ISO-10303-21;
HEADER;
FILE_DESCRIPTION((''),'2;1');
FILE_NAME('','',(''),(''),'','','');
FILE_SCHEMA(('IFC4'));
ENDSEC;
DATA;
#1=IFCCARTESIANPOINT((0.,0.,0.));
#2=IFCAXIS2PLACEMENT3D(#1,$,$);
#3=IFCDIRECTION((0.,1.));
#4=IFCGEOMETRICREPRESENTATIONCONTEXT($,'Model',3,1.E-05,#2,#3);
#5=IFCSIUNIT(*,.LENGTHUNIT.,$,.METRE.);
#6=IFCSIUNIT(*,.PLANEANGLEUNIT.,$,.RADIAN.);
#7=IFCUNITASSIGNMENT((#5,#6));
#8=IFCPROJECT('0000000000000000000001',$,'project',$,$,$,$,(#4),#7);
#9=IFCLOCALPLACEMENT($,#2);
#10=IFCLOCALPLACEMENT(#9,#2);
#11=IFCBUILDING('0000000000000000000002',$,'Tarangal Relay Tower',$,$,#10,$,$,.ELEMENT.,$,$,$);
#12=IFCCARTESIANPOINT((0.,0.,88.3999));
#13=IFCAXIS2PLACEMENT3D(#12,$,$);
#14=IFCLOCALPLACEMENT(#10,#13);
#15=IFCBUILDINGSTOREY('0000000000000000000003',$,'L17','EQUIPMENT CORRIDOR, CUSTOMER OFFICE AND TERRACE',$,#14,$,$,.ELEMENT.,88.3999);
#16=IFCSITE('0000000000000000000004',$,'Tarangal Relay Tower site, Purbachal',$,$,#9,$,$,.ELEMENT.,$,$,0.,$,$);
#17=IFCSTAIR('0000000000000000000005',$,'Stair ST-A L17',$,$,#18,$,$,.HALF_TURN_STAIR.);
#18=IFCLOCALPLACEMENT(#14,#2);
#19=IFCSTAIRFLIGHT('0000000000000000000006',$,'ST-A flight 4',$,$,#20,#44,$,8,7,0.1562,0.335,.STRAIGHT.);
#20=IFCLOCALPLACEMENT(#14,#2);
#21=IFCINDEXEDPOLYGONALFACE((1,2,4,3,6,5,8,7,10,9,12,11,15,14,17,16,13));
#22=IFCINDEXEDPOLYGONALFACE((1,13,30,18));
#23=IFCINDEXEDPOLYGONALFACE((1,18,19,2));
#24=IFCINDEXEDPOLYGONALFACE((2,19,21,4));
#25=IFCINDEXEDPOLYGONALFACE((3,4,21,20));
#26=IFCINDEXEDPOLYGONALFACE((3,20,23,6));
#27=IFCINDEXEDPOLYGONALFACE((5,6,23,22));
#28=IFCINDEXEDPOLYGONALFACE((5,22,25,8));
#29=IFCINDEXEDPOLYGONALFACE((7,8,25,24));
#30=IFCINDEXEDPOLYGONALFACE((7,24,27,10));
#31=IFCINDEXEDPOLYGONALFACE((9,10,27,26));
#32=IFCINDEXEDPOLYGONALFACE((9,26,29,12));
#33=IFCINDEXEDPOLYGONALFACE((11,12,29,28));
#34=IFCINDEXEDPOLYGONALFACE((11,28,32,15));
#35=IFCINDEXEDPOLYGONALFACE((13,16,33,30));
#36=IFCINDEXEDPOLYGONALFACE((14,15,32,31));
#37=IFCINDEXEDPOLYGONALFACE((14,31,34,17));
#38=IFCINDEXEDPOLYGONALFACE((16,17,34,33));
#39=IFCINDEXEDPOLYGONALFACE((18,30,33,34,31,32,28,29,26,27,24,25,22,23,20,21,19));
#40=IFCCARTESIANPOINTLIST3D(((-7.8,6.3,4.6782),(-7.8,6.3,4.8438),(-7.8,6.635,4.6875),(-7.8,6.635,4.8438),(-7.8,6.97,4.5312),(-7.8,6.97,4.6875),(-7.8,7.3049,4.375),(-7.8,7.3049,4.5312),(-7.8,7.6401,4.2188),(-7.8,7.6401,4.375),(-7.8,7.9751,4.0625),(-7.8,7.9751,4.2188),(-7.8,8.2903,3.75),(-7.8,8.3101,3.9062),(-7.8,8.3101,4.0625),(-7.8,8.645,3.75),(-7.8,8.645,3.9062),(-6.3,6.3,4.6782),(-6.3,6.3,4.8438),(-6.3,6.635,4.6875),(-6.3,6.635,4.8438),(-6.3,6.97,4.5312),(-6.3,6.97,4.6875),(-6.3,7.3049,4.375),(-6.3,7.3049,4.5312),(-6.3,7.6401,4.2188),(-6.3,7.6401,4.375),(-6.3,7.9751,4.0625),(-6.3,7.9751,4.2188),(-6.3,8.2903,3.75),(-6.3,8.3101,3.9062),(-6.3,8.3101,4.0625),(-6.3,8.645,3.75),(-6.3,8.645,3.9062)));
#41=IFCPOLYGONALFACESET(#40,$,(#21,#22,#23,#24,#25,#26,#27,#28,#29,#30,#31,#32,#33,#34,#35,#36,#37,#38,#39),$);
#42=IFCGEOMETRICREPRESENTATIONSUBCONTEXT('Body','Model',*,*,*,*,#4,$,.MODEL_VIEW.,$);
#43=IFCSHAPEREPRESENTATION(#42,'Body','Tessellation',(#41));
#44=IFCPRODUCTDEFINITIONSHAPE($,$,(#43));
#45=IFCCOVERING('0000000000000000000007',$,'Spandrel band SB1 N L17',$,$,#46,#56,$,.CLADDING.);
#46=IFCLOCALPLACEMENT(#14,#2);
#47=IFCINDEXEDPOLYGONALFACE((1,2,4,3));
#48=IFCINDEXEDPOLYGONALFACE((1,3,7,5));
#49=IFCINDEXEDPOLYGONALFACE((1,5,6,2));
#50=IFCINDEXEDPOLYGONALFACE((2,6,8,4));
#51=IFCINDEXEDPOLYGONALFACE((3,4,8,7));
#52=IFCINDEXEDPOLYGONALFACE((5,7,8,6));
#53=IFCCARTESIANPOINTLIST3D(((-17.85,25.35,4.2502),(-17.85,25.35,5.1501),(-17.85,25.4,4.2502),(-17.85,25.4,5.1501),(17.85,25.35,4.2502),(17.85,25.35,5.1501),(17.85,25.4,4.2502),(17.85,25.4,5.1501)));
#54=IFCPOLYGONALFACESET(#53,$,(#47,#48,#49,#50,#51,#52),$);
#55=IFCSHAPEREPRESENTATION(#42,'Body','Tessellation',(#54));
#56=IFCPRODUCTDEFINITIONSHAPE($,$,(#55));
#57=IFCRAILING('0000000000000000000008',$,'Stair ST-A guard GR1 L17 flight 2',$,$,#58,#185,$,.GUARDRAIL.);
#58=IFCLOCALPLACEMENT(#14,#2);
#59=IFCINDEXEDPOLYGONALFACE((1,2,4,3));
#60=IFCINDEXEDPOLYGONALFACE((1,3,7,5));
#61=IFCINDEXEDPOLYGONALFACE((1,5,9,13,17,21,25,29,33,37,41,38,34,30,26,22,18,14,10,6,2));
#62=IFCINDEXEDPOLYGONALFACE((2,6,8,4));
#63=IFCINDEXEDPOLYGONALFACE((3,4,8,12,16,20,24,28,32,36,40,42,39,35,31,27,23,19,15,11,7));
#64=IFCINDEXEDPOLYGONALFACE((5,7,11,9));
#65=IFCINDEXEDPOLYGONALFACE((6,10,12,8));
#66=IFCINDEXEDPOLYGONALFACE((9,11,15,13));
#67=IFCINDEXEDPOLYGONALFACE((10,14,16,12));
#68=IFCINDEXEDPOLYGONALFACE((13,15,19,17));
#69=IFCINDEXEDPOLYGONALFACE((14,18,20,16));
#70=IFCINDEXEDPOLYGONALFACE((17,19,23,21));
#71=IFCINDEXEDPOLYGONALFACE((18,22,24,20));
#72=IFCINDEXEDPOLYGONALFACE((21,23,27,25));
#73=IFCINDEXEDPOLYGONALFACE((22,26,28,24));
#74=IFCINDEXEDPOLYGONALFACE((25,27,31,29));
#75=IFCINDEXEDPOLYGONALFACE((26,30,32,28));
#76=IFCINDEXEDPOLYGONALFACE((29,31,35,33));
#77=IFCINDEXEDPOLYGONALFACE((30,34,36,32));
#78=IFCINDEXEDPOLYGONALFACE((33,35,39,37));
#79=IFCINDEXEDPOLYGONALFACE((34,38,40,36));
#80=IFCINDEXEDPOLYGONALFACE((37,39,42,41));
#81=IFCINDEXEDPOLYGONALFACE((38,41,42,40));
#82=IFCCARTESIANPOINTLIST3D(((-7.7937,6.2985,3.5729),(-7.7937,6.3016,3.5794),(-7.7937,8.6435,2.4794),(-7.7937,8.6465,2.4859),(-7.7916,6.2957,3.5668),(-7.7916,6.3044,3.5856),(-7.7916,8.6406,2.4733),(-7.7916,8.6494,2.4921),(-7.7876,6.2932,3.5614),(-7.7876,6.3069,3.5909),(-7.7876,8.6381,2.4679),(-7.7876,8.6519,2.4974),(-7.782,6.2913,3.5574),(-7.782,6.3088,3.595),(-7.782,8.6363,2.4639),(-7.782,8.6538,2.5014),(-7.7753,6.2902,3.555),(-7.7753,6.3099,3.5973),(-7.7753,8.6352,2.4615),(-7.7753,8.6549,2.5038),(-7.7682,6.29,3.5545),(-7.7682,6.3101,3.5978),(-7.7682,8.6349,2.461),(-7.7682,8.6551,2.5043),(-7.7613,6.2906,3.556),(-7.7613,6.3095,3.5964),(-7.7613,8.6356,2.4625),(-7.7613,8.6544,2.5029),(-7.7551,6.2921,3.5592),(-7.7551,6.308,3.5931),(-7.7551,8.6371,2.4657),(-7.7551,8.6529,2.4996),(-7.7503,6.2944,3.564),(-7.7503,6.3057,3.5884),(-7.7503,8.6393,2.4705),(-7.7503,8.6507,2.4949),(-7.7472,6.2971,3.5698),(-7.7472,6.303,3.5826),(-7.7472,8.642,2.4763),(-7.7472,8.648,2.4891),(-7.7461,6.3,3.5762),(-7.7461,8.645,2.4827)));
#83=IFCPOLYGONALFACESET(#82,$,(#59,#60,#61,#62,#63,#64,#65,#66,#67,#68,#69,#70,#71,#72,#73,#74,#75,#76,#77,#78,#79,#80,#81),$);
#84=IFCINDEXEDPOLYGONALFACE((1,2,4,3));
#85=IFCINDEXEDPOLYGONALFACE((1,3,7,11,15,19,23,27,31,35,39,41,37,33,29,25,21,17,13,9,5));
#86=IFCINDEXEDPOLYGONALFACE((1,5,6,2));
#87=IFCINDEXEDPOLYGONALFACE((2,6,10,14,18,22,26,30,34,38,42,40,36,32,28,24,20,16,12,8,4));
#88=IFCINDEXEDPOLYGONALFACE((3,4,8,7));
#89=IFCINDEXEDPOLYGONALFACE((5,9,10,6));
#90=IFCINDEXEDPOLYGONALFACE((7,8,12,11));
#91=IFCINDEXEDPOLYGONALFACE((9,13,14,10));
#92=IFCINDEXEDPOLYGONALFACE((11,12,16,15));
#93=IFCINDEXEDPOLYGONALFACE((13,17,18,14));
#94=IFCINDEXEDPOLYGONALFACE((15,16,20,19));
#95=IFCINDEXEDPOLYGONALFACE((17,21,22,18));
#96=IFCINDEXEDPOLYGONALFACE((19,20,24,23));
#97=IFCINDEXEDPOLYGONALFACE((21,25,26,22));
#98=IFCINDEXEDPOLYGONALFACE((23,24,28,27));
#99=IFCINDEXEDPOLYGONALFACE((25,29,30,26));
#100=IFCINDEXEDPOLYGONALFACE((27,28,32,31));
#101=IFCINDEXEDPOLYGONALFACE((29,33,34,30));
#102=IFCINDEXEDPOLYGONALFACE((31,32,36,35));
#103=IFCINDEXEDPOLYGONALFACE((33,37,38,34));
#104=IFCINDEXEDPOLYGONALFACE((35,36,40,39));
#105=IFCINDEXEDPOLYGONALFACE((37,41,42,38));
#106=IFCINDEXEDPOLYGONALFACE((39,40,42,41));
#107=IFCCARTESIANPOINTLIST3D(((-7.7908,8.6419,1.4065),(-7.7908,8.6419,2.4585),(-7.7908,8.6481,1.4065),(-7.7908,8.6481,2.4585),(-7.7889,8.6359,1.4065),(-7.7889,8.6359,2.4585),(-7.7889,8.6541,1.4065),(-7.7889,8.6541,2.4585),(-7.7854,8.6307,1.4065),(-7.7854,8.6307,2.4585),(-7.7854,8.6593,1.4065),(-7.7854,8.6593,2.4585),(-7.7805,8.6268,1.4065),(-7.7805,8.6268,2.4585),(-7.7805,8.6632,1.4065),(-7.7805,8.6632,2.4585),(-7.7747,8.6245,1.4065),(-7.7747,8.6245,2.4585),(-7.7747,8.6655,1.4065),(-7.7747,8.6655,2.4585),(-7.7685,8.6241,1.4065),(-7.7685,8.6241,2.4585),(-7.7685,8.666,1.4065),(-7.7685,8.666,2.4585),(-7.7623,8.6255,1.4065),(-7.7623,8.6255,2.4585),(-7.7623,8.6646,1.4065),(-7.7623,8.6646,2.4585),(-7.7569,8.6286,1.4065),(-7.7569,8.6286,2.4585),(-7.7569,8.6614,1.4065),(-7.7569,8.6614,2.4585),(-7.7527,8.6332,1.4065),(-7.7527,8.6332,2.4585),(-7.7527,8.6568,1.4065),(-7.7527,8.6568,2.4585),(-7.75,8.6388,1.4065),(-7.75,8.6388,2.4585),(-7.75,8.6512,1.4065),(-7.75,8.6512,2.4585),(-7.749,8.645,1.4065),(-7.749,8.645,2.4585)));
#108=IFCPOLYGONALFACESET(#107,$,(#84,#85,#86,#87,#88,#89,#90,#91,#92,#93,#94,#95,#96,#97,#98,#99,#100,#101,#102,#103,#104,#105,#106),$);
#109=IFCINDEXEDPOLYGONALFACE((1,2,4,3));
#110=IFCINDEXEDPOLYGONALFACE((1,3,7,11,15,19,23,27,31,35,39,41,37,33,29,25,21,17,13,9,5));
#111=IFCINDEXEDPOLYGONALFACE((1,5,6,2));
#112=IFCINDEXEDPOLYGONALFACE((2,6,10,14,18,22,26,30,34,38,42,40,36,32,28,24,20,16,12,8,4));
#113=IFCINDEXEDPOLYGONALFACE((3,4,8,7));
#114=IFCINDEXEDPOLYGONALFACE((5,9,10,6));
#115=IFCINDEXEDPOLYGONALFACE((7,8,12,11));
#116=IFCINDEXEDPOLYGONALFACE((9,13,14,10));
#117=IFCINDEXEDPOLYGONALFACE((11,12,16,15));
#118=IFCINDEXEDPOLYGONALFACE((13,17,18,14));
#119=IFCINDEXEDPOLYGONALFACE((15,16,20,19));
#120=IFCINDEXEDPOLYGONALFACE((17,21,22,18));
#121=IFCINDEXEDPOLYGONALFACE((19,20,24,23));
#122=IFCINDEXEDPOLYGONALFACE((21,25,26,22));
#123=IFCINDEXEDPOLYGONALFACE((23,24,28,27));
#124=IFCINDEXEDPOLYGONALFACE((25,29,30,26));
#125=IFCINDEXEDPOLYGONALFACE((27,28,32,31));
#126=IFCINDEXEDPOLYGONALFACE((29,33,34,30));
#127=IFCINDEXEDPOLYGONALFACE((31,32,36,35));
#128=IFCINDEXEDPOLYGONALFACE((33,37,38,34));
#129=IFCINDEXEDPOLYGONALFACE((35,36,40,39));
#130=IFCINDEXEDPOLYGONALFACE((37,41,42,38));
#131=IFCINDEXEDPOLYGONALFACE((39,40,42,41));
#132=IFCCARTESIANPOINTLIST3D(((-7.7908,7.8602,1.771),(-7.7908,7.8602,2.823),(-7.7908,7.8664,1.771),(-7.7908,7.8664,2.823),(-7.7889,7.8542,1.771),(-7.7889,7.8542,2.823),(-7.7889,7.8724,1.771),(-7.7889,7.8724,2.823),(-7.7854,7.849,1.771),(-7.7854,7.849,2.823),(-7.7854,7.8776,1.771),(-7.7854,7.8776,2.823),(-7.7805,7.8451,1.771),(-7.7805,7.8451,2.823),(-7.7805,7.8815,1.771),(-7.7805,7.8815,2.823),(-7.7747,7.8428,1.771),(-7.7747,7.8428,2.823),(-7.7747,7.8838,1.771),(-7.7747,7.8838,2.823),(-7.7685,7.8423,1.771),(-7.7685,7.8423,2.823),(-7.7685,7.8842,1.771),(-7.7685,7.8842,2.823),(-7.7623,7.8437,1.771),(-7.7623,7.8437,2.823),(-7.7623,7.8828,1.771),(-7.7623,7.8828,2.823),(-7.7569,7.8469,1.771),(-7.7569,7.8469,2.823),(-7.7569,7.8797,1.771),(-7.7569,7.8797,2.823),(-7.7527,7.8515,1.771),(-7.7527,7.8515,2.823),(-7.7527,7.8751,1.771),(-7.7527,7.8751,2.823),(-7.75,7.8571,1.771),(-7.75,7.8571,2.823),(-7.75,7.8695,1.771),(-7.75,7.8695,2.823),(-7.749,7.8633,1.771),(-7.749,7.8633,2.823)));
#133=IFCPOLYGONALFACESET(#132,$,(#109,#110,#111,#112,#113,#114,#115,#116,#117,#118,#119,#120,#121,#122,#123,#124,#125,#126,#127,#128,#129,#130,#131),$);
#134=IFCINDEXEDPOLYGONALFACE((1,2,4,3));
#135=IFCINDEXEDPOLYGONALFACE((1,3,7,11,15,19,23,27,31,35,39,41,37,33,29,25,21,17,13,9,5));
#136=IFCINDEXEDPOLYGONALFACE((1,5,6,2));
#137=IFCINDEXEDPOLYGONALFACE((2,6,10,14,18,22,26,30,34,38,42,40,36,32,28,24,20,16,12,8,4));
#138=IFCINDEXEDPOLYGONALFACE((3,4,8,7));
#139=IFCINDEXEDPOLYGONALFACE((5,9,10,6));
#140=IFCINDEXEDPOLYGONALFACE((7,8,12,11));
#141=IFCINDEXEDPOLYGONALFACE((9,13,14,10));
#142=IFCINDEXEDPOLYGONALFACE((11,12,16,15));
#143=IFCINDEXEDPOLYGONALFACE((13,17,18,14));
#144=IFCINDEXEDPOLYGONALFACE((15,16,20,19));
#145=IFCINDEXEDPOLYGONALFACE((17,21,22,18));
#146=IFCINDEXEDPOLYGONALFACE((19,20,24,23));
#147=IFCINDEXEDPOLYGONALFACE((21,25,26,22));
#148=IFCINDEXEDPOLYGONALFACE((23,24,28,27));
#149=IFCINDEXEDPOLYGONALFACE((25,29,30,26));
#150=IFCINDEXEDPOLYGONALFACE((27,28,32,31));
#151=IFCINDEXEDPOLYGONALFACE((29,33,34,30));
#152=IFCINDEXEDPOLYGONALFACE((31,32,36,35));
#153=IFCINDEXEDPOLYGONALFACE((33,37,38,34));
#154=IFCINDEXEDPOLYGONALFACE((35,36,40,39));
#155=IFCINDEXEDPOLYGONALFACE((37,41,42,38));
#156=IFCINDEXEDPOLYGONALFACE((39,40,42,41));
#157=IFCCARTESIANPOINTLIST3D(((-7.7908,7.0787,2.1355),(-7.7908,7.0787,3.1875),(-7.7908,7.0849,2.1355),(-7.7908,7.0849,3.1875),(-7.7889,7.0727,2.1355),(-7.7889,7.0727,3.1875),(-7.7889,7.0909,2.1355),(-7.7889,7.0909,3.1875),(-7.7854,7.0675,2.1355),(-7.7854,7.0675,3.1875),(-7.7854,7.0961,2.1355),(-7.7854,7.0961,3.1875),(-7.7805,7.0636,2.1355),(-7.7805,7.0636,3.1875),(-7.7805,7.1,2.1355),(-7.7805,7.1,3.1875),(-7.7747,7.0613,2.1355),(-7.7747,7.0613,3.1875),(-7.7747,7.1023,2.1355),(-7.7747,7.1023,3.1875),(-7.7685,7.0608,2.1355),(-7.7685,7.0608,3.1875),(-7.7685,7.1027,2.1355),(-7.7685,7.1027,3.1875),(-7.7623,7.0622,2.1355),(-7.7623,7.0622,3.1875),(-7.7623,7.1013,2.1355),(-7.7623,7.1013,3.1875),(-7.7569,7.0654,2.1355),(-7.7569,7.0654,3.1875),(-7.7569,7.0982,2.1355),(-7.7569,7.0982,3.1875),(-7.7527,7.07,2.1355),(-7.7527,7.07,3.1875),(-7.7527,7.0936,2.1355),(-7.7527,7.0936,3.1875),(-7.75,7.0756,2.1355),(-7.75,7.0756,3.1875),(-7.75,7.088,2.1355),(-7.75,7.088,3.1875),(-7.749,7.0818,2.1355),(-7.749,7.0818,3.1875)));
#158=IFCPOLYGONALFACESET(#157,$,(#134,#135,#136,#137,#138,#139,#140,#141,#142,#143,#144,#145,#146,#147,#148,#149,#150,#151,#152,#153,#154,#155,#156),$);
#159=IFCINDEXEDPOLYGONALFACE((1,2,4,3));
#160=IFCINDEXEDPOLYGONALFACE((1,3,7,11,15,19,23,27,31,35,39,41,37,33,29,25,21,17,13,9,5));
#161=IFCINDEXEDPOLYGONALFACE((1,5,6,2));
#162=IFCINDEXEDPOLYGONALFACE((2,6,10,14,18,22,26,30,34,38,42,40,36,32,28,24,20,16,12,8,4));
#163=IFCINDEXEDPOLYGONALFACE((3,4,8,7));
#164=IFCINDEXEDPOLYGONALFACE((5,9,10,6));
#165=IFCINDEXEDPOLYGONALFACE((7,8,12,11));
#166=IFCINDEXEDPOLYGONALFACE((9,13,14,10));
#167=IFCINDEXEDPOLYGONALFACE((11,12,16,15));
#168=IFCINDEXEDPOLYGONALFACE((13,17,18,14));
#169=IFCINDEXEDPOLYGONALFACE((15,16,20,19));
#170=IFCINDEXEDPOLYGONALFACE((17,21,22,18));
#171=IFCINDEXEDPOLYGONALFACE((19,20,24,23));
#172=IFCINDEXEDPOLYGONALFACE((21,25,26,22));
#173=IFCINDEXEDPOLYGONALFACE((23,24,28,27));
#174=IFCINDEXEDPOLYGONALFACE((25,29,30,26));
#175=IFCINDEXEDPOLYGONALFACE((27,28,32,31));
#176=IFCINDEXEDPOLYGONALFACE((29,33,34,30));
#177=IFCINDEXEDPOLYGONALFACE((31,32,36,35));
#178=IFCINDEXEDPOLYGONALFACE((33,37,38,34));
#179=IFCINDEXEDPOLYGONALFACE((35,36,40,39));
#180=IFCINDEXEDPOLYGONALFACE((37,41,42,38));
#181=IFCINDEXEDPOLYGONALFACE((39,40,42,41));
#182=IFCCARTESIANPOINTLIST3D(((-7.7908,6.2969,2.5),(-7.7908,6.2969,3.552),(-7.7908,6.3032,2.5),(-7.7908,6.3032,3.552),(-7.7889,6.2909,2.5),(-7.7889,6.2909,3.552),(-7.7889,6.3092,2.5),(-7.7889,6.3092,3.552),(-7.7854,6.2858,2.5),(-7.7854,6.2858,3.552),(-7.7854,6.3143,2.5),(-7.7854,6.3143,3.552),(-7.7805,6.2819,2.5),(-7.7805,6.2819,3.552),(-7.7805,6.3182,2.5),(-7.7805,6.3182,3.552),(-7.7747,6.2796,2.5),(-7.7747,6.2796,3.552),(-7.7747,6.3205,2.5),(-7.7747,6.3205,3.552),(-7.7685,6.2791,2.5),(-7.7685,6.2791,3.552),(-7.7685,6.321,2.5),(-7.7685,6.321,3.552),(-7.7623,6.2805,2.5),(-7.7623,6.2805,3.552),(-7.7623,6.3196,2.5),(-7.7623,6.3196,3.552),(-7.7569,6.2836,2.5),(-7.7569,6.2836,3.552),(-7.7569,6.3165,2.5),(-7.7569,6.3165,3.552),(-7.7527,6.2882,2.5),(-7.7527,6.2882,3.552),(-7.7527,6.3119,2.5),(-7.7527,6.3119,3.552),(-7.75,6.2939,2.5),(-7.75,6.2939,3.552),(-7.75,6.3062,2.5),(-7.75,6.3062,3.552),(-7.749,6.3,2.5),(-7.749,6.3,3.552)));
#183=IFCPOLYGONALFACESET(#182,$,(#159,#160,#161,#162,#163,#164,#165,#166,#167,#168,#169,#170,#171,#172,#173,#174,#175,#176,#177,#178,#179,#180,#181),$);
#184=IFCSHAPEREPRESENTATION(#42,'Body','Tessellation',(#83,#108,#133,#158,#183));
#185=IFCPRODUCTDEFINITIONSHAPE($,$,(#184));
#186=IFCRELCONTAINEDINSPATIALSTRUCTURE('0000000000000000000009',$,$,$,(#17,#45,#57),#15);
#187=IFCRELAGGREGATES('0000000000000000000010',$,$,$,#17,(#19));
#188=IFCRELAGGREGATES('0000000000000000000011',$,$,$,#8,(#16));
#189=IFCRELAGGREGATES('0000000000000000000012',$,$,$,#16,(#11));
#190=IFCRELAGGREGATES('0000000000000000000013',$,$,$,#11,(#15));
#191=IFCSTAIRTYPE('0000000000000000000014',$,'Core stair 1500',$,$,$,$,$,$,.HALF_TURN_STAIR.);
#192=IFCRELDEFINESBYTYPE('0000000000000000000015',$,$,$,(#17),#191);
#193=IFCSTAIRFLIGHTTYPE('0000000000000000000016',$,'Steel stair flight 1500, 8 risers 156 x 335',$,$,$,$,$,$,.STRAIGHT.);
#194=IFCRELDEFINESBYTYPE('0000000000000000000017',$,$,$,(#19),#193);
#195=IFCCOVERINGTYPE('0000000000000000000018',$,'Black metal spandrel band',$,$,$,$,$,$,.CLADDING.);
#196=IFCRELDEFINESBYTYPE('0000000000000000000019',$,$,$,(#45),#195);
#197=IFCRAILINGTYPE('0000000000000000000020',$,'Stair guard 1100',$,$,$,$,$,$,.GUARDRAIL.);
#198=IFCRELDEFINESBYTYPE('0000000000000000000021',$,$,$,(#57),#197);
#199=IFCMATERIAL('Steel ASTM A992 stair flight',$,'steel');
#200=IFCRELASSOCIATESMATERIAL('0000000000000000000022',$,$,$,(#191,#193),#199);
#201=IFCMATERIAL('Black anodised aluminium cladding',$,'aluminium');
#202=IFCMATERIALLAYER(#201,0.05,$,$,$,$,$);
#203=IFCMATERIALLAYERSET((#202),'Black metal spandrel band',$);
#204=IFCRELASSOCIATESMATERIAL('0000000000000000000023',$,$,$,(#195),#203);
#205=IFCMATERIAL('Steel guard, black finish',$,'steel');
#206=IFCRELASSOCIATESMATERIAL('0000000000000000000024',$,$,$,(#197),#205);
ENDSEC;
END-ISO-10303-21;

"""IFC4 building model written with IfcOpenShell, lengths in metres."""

from ifc_helpers import new_model, si_unit, direction, frame, origin, origin_2d, place, context, subcontext, project, spatial, polyline, rectangle, circle, outline, extrude, material, layer, layer_set, type_object, element, aggregate, save


model = new_model("IFC4")

# Units and contexts
model_context = context("Model", 3, precision=1e-05, world=origin(), true_north=direction((0.0, 1.0)))
body_context = subcontext(model_context, "Body", "Model", "MODEL_VIEW")
ifc_project = project(units=[si_unit("LENGTHUNIT", "METRE"), si_unit("PLANEANGLEUNIT", "RADIAN")], contexts=[model_context])

# Site, building, storey
site_placement = place(None, origin())
site = spatial("IfcSite", under=ifc_project, at=site_placement, Name="Tarangal Relay Tower site, Purbachal", CompositionType="ELEMENT", RefElevation=0.0)
building_placement = place(site_placement, origin())
building = spatial("IfcBuilding", under=site, at=building_placement, Name="Tarangal Relay Tower", CompositionType="ELEMENT")
storey_placement = place(building_placement, frame((0.0, 0.0, 88.3999)))
storey = spatial("IfcBuildingStorey", under=building, at=storey_placement, Name="L17", Description="EQUIPMENT CORRIDOR, CUSTOMER OFFICE AND TERRACE", CompositionType="ELEMENT", Elevation=88.3999)

# Stair, stair flight
ifc_material_1 = material(Name="Steel ASTM A992 stair flight", Category="steel")
stair_type = type_object("IfcStairType", Name="Core stair 1500", PredefinedType="HALF_TURN_STAIR", material=ifc_material_1)
stair_placement = place(storey_placement, origin())
stair = element("IfcStair", 1, at=stair_placement, inside=storey, type_object=stair_type, Name="Stair ST-A L17", PredefinedType="HALF_TURN_STAIR")
stair_flight_type = type_object("IfcStairFlightType", Name="Steel stair flight 1500, 8 risers 156 x 335", PredefinedType="STRAIGHT", material=ifc_material_1)
stair_flight_1_placement = place(storey_placement, frame((-7.05, 8.645, 3.75), z_axis=(0.0, 0.0, 1.0), x_axis=(0.0, -1.0, 0.0)))
stair_flight_1 = element("IfcStairFlight", 2, at=stair_flight_1_placement, type_object=stair_flight_type, Name="ST-A flight 4", NumberOfRisers=8, NumberOfTreads=7, PredefinedType="STRAIGHT", RiserHeight=0.1562, TreadLength=0.335, context=body_context, shape_type="SweptSolid", body=[
    extrude(outline(polyline([(0.0, 0.0), (0.0, 0.1562), (0.335, 0.1562), (0.335, 0.3125), (0.6699, 0.3125), (0.6699, 0.4688), (1.0049, 0.4688), (1.0049, 0.625), (1.3401, 0.625), (1.3401, 0.7812), (1.675, 0.7812), (1.675, 0.9375), (2.01, 0.9375), (2.01, 1.0938), (2.345, 1.0938), (2.345, 1.25), (2.345, 0.9282), (0.3547, 0.0), (0.0, 0.0)])), frame((0.0, 0.75, 0.0), z_axis=(0.0, -1.0, 0.0), x_axis=(1.0, 0.0, 0.0)), (0.0, 0.0, 1.0), 1.5),
])
aggregate(stair, [stair_flight_1])

# Covering
ifc_material_2 = material(Name="Black anodised aluminium cladding", Category="aluminium")
ifc_layer_1 = layer(ifc_material_2, 0.05)
ifc_layer_set_1 = layer_set([ifc_layer_1], Name="Black metal spandrel band")
covering_type = type_object("IfcCoveringType", Name="Black metal spandrel band", PredefinedType="CLADDING", material=ifc_layer_set_1)
covering_placement = place(storey_placement, frame((0.0, 25.375, 4.2502), z_axis=(0.0, 0.0, 1.0), x_axis=(1.0, 0.0, 0.0)))
element("IfcCovering", 3, at=covering_placement, inside=storey, type_object=covering_type, Name="Spandrel band SB1 N L17", PredefinedType="CLADDING", context=body_context, shape_type="SweptSolid", body=[
    extrude(rectangle(XDim=35.7, YDim=0.05, at=origin_2d()), origin(), (0.0, 0.0, 1.0), 0.8999),
])

# Railing
ifc_material_3 = material(Name="Steel guard, black finish", Category="steel")
railing_type_1 = type_object("IfcRailingType", Name="Stair guard 1100", PredefinedType="GUARDRAIL", material=ifc_material_3)
for number, where, name in (
    (4, (-7.77, 8.645, 1.4065), "Stair ST-A guard GR1 L17 flight 2"),
):
    element("IfcRailing", number, at=place(storey_placement, frame(where)), inside=storey, type_object=railing_type_1, Name=name, PredefinedType="GUARDRAIL", context=body_context, shape_type="SweptSolid", body=[
        extrude(circle(Radius=0.0239, at=origin_2d()), frame((0.0, 0.0, 1.0762), z_axis=(0.0, -0.906304, 0.422627), x_axis=(1.0, 0.0, 0.0)), (0.0, 0.0, 1.0), 2.5874),
        extrude(circle(Radius=0.021, at=origin_2d()), origin(), (0.0, 0.0, 1.0), 1.052),
        extrude(circle(Radius=0.021, at=origin_2d()), frame((0.0, -0.7817, 0.3645)), (0.0, 0.0, 1.0), 1.052),
        extrude(circle(Radius=0.021, at=origin_2d()), frame((0.0, -1.5632, 0.729)), (0.0, 0.0, 1.0), 1.052),
        extrude(circle(Radius=0.021, at=origin_2d()), frame((0.0, -2.345, 1.0935)), (0.0, 0.0, 1.0), 1.052),
    ])

save(model, "model.ifc")
